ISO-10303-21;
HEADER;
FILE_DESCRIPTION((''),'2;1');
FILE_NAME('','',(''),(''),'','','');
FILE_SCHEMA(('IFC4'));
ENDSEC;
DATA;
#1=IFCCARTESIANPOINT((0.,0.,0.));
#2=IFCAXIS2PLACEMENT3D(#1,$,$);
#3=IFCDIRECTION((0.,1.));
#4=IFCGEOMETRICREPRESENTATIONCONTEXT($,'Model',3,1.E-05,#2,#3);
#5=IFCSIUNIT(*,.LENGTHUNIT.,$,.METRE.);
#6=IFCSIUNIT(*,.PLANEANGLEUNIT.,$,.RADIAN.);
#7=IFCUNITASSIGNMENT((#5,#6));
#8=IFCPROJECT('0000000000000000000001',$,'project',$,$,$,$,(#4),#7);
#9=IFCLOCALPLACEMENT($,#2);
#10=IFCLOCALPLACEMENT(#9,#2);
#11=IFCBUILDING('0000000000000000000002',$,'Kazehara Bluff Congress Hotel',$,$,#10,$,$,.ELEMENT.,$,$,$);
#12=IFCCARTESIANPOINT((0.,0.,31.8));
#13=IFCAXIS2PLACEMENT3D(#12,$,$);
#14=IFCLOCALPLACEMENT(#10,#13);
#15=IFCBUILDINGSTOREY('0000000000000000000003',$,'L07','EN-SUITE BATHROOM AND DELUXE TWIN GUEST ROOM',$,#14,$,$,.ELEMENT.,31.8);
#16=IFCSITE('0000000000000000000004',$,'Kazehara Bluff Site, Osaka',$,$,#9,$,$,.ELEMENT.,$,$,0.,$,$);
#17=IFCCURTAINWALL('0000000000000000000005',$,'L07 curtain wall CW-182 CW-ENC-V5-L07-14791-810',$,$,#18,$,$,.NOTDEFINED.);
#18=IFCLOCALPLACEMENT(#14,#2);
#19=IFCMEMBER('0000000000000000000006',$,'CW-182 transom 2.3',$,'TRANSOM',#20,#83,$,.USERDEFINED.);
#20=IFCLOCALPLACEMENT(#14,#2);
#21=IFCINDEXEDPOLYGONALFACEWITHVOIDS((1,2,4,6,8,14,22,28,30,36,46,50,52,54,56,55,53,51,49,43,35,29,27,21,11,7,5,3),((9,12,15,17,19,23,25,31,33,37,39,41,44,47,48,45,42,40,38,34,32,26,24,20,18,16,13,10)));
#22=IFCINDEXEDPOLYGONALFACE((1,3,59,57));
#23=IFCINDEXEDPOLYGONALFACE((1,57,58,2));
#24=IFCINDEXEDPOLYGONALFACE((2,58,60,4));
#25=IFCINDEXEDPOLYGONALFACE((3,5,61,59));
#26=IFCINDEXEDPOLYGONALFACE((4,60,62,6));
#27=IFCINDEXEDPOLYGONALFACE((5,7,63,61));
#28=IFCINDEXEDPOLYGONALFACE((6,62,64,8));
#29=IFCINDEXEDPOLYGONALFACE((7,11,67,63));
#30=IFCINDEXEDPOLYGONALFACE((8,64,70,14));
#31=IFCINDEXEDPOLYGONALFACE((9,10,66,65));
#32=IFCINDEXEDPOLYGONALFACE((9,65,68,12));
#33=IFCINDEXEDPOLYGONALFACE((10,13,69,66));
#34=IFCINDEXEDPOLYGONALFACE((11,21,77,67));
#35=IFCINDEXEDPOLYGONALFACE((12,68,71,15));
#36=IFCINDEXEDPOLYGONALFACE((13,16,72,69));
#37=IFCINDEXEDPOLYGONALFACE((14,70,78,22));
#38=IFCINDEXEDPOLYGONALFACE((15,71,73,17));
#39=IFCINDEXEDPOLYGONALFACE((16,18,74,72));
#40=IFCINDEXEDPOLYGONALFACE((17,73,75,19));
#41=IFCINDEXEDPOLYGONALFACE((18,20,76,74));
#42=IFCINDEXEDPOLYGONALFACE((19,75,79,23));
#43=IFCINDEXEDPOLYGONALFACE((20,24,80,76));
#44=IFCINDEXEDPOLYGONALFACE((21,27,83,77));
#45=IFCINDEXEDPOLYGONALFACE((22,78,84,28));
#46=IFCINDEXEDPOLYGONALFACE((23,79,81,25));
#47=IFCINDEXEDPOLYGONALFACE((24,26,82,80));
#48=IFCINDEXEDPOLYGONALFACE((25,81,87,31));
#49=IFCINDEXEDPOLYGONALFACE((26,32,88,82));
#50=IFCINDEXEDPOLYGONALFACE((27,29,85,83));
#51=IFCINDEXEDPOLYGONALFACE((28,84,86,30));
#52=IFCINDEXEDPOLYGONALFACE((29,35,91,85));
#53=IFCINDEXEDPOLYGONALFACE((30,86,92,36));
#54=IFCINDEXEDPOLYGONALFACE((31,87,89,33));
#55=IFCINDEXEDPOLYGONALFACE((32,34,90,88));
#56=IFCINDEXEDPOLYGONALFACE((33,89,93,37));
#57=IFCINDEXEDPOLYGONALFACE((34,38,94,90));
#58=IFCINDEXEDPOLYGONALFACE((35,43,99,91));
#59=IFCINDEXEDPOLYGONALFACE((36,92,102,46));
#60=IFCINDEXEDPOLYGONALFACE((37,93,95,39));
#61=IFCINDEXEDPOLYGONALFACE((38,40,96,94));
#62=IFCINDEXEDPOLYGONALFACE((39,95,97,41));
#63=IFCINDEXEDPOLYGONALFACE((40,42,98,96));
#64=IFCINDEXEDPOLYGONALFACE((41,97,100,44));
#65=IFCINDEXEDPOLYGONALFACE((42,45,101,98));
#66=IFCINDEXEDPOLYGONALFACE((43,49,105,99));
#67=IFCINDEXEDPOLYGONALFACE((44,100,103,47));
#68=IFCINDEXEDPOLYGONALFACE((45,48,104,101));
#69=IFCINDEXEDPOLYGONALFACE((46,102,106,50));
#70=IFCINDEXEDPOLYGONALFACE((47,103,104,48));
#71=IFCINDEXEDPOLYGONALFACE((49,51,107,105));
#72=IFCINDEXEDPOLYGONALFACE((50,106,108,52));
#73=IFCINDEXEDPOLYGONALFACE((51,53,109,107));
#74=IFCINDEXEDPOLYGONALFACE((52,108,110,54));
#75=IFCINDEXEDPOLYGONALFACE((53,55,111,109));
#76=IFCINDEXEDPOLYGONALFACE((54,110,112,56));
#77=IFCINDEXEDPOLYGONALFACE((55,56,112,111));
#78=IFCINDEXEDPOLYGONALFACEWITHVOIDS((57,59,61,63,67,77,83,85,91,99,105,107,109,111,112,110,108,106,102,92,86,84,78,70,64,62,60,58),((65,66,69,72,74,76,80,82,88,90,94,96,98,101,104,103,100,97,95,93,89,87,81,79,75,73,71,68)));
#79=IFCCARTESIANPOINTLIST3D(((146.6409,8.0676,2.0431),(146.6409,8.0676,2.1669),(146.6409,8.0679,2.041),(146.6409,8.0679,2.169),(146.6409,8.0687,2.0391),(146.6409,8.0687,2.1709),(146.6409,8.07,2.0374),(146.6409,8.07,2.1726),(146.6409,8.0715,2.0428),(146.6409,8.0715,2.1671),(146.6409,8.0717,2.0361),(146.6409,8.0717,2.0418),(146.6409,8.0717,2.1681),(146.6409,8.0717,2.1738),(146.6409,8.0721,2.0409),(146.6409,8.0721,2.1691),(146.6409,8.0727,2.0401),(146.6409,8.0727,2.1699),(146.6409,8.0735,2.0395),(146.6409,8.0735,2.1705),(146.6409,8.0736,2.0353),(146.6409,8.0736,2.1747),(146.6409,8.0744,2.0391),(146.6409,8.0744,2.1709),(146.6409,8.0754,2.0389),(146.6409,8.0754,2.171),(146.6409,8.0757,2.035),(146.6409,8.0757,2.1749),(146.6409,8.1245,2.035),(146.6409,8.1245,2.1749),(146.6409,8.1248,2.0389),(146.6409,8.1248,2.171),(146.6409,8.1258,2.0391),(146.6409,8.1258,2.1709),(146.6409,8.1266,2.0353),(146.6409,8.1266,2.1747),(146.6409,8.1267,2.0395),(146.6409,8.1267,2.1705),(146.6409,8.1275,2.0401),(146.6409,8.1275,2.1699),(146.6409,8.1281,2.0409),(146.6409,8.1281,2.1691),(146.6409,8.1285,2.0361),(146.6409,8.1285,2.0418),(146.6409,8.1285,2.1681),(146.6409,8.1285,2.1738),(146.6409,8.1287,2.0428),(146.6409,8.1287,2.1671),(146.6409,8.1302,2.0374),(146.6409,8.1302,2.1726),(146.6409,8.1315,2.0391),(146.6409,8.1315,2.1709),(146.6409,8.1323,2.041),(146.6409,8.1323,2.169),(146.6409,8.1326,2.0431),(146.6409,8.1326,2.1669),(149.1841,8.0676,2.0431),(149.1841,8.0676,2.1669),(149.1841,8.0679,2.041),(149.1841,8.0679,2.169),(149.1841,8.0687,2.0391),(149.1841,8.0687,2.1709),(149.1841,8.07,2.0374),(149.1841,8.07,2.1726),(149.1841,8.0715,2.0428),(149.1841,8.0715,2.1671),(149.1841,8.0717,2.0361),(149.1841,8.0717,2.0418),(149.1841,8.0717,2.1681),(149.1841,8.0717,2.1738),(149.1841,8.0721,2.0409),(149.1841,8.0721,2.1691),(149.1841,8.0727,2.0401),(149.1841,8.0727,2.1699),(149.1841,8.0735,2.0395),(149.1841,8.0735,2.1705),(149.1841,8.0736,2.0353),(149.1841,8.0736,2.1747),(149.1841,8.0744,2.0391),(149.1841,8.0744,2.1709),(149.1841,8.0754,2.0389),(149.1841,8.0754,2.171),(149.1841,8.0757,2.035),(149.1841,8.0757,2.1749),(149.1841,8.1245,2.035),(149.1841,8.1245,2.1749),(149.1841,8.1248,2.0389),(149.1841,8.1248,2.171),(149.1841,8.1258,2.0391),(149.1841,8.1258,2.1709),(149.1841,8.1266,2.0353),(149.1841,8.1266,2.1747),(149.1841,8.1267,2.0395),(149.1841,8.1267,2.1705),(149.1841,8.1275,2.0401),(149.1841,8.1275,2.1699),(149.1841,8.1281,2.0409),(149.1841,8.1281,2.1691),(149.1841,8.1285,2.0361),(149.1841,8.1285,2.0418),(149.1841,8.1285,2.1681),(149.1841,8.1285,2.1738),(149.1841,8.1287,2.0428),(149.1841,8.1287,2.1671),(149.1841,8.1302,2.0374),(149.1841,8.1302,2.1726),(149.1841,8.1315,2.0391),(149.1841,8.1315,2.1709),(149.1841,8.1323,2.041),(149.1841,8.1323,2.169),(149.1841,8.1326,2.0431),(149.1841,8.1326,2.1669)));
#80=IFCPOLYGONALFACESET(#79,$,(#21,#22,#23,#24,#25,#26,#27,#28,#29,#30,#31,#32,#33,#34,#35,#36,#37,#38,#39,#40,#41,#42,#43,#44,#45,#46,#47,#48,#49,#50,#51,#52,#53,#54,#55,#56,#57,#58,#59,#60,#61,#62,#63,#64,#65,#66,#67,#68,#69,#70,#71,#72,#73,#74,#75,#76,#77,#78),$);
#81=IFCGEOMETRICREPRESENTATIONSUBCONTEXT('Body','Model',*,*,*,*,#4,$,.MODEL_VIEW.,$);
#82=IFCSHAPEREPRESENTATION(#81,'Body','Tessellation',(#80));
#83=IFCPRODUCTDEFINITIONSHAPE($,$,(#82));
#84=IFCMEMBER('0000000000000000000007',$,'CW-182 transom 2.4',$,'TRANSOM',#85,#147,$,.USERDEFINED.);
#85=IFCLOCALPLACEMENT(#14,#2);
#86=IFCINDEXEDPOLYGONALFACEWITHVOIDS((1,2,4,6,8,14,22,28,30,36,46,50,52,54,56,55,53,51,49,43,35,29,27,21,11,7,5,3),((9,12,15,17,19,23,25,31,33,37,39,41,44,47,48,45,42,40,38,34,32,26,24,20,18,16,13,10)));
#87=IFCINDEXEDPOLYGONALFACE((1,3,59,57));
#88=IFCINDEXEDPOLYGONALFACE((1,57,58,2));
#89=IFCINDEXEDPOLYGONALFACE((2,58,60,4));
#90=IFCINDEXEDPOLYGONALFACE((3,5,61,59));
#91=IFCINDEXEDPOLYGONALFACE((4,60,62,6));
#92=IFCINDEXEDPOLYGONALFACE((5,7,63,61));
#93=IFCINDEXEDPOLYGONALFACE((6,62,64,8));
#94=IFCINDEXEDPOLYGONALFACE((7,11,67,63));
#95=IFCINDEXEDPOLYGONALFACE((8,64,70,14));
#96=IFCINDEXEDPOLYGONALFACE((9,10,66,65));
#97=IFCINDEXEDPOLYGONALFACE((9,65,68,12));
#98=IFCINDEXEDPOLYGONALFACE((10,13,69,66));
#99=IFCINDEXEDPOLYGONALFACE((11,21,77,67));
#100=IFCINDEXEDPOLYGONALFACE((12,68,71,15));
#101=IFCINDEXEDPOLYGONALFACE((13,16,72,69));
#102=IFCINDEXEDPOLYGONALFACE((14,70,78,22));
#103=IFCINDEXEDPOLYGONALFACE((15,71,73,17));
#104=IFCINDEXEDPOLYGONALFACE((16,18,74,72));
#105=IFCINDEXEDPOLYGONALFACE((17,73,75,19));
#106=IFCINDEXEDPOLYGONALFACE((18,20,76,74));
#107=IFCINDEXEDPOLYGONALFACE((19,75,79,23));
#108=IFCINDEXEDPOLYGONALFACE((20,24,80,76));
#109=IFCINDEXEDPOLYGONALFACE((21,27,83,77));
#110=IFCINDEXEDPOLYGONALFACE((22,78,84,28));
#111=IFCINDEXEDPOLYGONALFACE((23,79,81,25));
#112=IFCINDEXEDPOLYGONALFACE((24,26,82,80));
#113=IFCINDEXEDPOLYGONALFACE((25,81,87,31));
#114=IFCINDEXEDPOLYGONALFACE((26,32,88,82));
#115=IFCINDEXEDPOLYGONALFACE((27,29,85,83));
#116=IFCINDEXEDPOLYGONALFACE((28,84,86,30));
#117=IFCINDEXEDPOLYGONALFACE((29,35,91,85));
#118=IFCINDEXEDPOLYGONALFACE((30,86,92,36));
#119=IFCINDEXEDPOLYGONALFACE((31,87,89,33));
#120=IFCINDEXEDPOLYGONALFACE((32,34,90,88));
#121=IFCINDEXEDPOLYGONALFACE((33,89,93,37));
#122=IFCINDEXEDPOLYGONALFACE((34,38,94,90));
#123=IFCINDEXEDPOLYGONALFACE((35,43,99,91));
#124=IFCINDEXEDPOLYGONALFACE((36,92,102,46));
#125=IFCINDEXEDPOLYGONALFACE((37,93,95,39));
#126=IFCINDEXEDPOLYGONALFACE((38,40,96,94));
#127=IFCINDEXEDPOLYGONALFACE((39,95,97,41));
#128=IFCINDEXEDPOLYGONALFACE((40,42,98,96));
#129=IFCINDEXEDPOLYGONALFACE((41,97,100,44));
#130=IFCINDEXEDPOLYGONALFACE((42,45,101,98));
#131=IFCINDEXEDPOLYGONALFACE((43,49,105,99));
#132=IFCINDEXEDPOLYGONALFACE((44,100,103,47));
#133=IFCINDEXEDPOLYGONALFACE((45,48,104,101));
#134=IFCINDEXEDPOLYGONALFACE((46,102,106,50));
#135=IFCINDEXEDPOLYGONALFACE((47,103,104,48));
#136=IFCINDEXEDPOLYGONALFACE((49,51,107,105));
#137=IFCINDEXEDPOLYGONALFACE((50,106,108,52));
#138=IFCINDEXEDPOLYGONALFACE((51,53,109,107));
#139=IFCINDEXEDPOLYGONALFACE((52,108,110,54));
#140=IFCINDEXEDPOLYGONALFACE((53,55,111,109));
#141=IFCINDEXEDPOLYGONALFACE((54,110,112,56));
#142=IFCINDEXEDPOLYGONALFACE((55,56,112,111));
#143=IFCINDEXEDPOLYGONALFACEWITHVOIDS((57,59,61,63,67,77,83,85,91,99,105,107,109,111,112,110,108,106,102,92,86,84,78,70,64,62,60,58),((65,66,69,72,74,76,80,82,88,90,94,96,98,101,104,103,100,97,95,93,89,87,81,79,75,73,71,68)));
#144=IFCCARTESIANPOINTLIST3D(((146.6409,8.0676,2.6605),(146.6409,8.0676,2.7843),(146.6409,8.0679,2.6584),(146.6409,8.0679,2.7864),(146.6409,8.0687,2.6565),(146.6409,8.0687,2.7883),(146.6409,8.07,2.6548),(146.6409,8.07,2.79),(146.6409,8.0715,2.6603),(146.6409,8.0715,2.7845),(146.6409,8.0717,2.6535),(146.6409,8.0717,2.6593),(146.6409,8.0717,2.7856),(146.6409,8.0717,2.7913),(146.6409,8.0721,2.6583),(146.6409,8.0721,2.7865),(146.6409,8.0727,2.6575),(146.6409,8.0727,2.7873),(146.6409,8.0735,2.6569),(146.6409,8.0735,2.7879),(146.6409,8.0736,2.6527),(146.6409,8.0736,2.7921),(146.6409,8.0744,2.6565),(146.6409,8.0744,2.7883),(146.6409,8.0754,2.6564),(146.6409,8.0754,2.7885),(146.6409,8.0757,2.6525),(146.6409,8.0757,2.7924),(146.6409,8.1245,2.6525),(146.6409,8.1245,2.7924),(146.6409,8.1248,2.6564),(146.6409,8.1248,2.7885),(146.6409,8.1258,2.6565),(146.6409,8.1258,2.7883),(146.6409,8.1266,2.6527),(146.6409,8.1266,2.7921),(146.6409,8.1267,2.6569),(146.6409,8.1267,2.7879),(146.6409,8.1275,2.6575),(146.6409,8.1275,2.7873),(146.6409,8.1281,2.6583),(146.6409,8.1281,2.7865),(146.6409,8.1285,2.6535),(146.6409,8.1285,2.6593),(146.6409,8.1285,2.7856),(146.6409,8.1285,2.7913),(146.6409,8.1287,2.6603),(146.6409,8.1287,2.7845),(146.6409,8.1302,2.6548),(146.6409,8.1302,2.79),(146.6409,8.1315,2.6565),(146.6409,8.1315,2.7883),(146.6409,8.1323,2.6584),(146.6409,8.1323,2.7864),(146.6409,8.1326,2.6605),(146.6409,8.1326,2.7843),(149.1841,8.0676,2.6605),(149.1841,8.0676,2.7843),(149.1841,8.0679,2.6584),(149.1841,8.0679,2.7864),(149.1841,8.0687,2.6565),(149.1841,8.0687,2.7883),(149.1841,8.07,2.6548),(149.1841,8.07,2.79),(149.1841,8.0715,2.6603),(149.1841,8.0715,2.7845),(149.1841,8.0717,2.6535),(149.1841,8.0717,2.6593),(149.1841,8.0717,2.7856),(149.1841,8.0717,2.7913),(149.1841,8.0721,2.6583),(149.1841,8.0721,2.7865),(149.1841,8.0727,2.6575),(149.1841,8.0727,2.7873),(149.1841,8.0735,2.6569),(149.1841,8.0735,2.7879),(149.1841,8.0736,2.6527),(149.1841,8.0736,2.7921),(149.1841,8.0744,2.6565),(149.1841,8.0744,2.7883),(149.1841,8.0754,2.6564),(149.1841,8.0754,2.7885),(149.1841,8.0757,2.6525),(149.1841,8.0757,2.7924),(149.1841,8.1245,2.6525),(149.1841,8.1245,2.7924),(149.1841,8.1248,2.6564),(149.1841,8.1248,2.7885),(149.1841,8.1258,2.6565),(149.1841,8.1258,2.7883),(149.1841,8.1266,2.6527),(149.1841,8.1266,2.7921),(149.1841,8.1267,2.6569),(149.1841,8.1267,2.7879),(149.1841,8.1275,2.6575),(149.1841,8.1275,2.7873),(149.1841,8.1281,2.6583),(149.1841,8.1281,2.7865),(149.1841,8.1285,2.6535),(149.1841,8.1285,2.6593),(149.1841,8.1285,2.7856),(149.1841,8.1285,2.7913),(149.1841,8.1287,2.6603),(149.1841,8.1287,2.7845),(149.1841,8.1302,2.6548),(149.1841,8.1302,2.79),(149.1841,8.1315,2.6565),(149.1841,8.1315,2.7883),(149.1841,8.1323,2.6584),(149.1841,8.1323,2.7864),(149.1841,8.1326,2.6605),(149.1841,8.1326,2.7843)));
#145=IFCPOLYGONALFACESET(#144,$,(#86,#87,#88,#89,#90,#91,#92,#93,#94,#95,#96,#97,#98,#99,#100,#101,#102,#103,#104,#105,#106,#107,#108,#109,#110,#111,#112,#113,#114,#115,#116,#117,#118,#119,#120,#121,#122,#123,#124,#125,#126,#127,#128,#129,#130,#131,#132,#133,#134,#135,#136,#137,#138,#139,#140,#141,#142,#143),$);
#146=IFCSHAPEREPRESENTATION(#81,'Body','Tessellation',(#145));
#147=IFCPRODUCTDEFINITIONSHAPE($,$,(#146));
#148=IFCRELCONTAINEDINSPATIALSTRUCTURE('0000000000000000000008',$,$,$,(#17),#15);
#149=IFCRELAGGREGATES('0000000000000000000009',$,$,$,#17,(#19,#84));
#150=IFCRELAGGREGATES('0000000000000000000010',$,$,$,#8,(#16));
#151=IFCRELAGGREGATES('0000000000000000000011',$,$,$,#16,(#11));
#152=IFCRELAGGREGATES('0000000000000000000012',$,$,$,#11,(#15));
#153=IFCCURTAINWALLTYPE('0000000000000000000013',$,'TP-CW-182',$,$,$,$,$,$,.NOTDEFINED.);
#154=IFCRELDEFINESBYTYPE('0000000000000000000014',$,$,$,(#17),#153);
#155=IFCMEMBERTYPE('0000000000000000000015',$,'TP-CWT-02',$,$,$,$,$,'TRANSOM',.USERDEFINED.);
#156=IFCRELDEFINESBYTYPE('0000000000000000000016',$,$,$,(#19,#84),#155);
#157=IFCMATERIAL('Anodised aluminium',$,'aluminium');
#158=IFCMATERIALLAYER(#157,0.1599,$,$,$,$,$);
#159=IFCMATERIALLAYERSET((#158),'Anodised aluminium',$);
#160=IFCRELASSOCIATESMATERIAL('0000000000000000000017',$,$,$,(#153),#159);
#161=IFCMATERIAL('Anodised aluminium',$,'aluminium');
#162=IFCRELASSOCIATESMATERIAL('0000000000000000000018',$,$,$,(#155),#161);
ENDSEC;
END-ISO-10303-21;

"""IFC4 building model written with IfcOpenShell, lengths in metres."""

from ifc_helpers import new_model, si_unit, direction, frame, origin, origin_2d, place, context, subcontext, project, spatial, hollow_rectangle, extrude, material, layer, layer_set, material_profile, profile_set, type_object, element, aggregate, save


model = new_model("IFC4")

# Units and contexts
model_context = context("Model", 3, precision=1e-05, world=origin(), true_north=direction((0.0, 1.0)))
body_context = subcontext(model_context, "Body", "Model", "MODEL_VIEW")
ifc_project = project(units=[si_unit("LENGTHUNIT", "METRE"), si_unit("PLANEANGLEUNIT", "RADIAN")], contexts=[model_context])

# Site, building, storey
site_placement = place(None, origin())
site = spatial("IfcSite", under=ifc_project, at=site_placement, Name="Kazehara Bluff Site, Osaka", CompositionType="ELEMENT", RefElevation=0.0)
building_placement = place(site_placement, origin())
building = spatial("IfcBuilding", under=site, at=building_placement, Name="Kazehara Bluff Congress Hotel", CompositionType="ELEMENT")
storey_placement = place(building_placement, frame((0.0, 0.0, 31.8)))
storey = spatial("IfcBuildingStorey", under=building, at=storey_placement, Name="L07", Description="EN-SUITE BATHROOM AND DELUXE TWIN GUEST ROOM", CompositionType="ELEMENT", Elevation=31.8)

# Curtain wall, members
ifc_material_1 = material(Name="Anodised aluminium", Category="aluminium")
ifc_layer_1 = layer(ifc_material_1, 0.1599)
ifc_layer_set_1 = layer_set([ifc_layer_1], Name="Anodised aluminium")
curtain_wall_type = type_object("IfcCurtainWallType", Name="TP-CW-182", PredefinedType="NOTDEFINED", material=ifc_layer_set_1)
curtain_wall_placement = place(storey_placement, origin())
curtain_wall = element("IfcCurtainWall", 1, at=curtain_wall_placement, inside=storey, type_object=curtain_wall_type, Name="L07 curtain wall CW-182 CW-ENC-V5-L07-14791-810", PredefinedType="NOTDEFINED")
ifc_material_2 = material(Name="Anodised aluminium", Category="aluminium")
ifc_material_profile_1 = material_profile(ifc_material_2, hollow_rectangle(XDim=0.0649, YDim=0.1399, WallThickness=0.0039, InnerFilletRadius=0.0039, OuterFilletRadius=0.0081, at=origin_2d()))
ifc_profile_set_1 = profile_set([ifc_material_profile_1], Name="Anodised aluminium")
member_type_1 = type_object("IfcMemberType", Name="TP-CWT-02", ElementType="TRANSOM", PredefinedType="USERDEFINED", material=ifc_profile_set_1)
member_1_placement = place(storey_placement, frame((149.1841, 8.1001, 2.105), z_axis=(-1.0, 0.0, 0.0), x_axis=(0.0, -1.0, 0.0)))
member_1 = element("IfcMember", 2, at=member_1_placement, type_object=member_type_1, Name="CW-182 transom 2.3", ObjectType="TRANSOM", PredefinedType="USERDEFINED", context=body_context, shape_type="SweptSolid", body=[
    extrude(hollow_rectangle(XDim=0.0649, YDim=0.1399, WallThickness=0.0039, InnerFilletRadius=0.0039, OuterFilletRadius=0.0081, at=origin_2d()), origin(), (0.0, 0.0, 1.0), 2.5432),
])
member_2_placement = place(storey_placement, frame((149.1841, 8.1001, 2.7224), z_axis=(-1.0, 0.0, 0.0), x_axis=(0.0, -1.0, 0.0)))
member_2 = element("IfcMember", 3, at=member_2_placement, type_object=member_type_1, Name="CW-182 transom 2.4", ObjectType="TRANSOM", PredefinedType="USERDEFINED", context=body_context, shape_type="SweptSolid", body=[
    extrude(hollow_rectangle(XDim=0.0649, YDim=0.1399, WallThickness=0.0039, InnerFilletRadius=0.0039, OuterFilletRadius=0.0081, at=origin_2d()), origin(), (0.0, 0.0, 1.0), 2.5432),
])

aggregate(curtain_wall, [member_1, member_2])

save(model, "model.ifc")
